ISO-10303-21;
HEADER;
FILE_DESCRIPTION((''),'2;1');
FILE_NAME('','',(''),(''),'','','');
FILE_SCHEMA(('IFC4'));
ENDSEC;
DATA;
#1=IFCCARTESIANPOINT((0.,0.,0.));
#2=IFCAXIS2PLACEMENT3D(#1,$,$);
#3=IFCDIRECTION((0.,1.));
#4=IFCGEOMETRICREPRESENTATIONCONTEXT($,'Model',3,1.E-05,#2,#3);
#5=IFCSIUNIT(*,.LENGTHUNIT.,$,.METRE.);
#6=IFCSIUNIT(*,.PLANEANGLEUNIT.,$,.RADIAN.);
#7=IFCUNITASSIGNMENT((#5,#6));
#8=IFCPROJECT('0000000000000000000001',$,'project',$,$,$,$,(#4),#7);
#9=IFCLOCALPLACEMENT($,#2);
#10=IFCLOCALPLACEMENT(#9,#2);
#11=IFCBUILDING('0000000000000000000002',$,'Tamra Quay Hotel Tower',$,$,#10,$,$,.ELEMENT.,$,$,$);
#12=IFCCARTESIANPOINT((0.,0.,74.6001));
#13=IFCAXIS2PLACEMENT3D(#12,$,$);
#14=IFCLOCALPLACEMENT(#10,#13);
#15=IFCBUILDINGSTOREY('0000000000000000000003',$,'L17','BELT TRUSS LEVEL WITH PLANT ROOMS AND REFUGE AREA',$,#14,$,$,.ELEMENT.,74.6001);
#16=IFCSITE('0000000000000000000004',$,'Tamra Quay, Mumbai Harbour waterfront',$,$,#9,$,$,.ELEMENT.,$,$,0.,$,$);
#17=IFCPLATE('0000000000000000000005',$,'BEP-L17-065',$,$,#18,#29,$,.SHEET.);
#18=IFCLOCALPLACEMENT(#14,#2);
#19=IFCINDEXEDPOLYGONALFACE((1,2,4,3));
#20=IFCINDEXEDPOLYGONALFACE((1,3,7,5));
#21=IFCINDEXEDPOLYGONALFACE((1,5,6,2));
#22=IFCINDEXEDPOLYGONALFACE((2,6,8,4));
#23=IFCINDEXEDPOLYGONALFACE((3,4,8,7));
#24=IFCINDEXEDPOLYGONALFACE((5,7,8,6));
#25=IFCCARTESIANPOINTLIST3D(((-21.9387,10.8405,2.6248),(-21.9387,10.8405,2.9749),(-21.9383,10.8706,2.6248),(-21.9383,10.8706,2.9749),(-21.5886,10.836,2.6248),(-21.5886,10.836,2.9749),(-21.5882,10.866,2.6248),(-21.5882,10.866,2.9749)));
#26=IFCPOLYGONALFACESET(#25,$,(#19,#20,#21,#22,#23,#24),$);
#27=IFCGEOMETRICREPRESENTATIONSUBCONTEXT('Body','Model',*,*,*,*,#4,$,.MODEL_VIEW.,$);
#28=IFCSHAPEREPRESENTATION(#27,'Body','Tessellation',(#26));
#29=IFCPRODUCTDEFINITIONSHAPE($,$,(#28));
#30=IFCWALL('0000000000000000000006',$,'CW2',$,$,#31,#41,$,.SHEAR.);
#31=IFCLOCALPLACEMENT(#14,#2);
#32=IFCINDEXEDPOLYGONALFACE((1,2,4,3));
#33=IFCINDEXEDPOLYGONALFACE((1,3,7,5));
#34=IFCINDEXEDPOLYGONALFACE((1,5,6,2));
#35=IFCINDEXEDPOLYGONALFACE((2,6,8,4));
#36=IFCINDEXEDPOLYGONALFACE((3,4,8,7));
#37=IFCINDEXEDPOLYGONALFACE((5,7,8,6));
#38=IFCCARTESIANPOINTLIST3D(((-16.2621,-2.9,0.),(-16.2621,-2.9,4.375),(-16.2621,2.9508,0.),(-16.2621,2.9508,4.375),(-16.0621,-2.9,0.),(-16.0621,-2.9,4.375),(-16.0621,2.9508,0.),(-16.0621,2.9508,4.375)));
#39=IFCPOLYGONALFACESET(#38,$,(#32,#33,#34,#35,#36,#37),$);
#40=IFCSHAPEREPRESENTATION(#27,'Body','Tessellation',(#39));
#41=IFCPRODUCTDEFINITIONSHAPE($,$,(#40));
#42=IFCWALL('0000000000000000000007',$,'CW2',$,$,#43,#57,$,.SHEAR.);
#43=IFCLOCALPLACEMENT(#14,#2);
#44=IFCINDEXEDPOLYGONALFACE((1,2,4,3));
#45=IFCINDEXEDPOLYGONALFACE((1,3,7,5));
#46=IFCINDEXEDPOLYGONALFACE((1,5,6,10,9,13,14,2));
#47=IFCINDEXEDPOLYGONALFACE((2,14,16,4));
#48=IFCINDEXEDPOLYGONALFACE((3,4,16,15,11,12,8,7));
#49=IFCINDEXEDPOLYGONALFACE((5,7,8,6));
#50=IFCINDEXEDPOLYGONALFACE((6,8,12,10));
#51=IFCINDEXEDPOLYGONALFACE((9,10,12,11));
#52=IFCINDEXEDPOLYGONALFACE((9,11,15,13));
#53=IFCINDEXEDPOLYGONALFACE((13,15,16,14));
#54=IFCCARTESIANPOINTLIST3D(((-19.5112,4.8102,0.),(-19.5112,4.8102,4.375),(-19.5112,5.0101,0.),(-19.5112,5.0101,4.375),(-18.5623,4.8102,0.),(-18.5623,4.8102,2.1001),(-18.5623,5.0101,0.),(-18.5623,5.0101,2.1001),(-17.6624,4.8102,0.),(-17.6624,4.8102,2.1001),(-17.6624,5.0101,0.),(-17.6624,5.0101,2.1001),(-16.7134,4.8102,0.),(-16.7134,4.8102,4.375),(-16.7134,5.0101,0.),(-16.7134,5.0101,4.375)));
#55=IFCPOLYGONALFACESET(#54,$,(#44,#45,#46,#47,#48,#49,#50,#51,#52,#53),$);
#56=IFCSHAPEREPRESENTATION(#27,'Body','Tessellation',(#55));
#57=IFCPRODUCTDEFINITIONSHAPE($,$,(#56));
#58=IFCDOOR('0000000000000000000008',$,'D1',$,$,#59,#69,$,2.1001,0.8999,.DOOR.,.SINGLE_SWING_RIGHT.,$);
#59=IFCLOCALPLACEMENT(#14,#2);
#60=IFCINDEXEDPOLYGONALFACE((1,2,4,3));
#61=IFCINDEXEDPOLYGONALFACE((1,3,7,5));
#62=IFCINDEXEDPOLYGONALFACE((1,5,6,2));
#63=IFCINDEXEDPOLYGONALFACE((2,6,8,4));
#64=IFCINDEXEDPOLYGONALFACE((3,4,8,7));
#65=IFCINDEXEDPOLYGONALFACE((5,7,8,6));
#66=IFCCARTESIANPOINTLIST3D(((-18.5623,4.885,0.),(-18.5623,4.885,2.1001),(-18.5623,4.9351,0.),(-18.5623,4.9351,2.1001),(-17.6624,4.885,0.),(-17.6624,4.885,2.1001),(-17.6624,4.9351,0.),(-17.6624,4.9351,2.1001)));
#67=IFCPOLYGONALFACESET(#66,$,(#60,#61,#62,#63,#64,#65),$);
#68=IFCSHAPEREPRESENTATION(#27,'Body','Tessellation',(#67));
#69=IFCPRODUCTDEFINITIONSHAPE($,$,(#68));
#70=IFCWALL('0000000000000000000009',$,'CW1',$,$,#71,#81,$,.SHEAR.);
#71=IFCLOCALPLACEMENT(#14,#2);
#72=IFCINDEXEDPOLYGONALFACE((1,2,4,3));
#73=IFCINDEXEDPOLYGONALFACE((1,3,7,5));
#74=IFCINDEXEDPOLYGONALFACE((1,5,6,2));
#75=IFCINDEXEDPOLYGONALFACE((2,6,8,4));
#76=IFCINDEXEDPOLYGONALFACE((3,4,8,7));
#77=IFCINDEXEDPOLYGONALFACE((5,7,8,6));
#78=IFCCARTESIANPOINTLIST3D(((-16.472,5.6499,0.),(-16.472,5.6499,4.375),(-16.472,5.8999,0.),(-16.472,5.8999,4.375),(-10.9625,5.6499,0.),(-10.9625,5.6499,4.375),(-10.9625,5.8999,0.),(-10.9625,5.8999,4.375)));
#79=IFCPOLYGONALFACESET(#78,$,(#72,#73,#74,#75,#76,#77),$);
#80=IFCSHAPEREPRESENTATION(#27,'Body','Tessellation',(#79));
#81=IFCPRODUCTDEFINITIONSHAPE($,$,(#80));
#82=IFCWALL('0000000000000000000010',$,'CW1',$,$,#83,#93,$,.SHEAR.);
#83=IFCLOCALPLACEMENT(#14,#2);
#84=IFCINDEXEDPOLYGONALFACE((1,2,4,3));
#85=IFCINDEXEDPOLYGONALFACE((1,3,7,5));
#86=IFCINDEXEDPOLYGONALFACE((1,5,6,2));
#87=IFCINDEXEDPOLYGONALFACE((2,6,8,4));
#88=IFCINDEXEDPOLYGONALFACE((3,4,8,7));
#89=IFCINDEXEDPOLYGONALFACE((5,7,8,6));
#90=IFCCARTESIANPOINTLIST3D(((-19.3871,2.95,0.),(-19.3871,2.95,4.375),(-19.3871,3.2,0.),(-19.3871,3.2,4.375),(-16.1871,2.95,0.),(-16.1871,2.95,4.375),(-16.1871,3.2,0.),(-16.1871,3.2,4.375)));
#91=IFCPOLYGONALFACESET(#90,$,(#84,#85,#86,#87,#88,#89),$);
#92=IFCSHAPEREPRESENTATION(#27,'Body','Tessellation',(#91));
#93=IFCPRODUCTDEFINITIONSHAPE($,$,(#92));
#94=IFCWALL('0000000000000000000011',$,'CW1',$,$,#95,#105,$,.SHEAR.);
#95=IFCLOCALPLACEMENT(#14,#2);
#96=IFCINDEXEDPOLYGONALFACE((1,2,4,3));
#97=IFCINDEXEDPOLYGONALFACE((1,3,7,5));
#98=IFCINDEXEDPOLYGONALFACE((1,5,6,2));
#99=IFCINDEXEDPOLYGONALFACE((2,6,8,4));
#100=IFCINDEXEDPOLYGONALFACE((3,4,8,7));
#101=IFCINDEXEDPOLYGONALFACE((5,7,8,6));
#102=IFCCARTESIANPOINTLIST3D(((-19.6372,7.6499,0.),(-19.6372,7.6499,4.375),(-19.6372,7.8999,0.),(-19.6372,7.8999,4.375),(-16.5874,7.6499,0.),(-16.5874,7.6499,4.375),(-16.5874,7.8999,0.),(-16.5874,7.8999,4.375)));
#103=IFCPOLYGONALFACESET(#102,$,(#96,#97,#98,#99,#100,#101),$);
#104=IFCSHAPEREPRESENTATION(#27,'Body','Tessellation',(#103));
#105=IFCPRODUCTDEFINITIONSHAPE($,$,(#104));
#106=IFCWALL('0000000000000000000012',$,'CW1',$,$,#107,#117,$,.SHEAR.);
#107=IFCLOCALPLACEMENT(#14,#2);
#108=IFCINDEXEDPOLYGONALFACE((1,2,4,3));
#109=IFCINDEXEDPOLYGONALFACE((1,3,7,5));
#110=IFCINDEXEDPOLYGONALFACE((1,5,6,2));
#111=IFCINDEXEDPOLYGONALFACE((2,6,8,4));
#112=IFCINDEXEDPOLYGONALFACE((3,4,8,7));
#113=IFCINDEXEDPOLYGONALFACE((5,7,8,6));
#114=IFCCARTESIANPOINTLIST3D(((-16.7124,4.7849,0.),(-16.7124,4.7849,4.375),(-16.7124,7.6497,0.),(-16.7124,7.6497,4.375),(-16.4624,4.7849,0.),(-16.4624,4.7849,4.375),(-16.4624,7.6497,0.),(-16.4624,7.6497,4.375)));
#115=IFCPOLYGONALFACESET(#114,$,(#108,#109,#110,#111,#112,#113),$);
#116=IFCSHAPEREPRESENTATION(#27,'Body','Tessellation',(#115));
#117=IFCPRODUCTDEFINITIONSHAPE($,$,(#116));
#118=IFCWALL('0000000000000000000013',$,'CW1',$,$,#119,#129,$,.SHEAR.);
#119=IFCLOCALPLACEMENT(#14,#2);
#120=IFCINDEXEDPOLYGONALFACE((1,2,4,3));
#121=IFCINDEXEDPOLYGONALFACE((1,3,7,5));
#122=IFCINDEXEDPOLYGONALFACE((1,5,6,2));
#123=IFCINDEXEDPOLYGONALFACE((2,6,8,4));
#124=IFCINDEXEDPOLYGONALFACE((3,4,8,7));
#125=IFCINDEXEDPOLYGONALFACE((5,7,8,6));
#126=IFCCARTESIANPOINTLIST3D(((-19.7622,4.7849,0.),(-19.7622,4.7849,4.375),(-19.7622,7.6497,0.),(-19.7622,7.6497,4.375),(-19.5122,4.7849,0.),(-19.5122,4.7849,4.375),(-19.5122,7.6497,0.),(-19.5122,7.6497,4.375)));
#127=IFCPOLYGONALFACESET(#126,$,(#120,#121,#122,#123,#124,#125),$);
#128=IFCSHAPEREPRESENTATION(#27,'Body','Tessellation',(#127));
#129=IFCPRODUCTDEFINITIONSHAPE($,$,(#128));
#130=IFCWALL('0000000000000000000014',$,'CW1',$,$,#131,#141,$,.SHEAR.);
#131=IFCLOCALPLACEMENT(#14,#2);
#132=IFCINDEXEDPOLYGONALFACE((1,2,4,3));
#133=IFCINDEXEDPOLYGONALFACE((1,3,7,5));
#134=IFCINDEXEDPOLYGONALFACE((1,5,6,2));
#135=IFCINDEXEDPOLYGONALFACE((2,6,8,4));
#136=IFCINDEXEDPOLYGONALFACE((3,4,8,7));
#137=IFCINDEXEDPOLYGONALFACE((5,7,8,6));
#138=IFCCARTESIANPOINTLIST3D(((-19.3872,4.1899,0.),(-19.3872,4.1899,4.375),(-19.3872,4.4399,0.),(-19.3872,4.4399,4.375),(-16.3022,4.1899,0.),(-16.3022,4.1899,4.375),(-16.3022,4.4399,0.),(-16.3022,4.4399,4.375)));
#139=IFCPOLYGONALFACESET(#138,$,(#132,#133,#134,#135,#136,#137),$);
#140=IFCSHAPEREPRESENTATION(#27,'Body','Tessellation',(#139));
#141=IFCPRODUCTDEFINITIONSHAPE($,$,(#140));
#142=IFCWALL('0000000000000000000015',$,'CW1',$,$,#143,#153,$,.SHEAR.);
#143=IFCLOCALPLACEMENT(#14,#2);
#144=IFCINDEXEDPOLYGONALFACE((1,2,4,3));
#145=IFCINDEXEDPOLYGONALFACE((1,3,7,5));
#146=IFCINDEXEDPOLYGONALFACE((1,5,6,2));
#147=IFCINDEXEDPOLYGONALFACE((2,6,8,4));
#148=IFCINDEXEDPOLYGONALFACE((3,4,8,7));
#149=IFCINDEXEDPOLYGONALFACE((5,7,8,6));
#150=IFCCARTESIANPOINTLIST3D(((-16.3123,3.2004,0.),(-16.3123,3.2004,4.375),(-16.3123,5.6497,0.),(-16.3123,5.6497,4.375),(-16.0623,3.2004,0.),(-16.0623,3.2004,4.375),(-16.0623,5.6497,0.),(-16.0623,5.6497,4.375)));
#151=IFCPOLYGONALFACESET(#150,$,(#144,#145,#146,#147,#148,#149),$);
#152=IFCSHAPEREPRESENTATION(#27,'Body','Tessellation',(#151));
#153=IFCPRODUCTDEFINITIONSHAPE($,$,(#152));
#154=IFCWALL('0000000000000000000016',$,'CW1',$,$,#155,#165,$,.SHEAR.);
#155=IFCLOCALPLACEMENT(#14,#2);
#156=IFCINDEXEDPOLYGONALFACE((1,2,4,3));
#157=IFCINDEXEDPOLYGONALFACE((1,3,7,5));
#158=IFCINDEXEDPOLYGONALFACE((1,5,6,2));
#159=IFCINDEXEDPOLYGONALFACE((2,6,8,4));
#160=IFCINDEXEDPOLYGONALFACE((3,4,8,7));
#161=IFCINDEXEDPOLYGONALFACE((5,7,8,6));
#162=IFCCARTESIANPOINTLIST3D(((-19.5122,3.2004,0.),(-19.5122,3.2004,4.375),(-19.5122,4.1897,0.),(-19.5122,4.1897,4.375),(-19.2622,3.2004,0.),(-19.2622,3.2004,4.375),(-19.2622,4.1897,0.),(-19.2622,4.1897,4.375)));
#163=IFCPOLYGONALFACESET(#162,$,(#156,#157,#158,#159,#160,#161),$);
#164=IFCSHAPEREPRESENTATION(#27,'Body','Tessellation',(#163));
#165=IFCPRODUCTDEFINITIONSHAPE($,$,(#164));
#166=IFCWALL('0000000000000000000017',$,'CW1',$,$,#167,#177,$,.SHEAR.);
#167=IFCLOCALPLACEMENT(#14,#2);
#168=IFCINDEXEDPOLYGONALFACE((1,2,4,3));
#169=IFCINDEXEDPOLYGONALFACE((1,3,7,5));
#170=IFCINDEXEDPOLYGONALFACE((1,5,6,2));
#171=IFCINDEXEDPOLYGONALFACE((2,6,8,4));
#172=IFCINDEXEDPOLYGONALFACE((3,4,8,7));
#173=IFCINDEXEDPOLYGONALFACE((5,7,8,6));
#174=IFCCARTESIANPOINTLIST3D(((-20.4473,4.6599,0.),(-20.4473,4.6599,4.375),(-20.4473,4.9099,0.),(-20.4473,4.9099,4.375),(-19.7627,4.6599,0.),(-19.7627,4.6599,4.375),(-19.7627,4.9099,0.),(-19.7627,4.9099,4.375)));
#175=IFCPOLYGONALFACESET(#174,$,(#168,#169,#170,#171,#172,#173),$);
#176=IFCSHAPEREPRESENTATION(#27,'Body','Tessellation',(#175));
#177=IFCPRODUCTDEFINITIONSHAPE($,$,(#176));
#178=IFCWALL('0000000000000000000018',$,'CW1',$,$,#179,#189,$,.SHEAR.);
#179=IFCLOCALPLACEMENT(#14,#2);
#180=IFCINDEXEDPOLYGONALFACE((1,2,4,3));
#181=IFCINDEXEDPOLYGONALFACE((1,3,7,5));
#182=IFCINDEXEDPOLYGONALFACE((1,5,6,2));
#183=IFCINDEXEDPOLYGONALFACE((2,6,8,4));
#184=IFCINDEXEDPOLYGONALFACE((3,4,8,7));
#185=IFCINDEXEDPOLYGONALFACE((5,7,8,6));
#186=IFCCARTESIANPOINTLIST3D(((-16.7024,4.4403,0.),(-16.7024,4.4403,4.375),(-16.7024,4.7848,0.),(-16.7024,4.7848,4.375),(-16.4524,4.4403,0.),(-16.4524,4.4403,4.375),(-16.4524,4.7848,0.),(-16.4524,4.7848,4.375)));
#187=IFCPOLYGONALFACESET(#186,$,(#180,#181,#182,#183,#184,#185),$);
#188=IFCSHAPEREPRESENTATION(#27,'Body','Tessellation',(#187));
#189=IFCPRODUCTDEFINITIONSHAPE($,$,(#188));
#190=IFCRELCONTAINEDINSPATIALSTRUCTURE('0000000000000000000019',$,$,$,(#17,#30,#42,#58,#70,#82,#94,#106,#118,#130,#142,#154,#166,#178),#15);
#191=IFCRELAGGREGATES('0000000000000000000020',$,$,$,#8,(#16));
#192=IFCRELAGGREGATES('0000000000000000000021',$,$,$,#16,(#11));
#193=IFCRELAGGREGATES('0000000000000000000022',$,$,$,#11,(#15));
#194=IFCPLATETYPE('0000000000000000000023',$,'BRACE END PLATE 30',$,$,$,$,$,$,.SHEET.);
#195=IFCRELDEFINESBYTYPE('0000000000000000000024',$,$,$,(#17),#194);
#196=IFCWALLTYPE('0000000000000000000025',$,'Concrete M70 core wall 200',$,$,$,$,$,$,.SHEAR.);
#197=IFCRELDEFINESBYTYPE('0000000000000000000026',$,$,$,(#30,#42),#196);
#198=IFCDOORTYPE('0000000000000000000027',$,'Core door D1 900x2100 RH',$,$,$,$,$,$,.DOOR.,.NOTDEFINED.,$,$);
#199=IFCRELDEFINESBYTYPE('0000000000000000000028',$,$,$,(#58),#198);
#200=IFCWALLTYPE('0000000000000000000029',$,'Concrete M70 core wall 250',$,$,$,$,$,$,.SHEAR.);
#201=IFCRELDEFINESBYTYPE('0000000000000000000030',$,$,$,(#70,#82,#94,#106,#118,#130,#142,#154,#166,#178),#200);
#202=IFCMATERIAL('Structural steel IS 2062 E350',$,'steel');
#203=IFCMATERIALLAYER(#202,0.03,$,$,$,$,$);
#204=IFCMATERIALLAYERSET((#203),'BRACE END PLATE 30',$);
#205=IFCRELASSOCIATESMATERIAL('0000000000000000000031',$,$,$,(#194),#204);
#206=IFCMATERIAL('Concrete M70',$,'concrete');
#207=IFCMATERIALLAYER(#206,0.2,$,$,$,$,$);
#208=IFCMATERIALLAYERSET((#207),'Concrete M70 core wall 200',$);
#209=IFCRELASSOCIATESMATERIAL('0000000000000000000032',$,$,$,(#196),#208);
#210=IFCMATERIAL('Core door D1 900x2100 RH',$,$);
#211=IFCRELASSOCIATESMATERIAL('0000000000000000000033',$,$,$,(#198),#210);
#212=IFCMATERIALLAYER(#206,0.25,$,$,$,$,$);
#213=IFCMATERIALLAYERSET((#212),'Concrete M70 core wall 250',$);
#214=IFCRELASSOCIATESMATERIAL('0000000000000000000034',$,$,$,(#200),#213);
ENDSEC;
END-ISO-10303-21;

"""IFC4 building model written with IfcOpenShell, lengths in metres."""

from ifc_helpers import new_model, si_unit, direction, frame, frame_2d, origin, origin_2d, place, context, subcontext, project, spatial, rectangle, extrude, material, layer, layer_set, type_object, element, fill, save


model = new_model("IFC4")

# Units and contexts
model_context = context("Model", 3, precision=1e-05, world=origin(), true_north=direction((0.0, 1.0)))
body_context = subcontext(model_context, "Body", "Model", "MODEL_VIEW")
ifc_project = project(units=[si_unit("LENGTHUNIT", "METRE"), si_unit("PLANEANGLEUNIT", "RADIAN")], contexts=[model_context])

# Site, building, storey
site_placement = place(None, origin())
site = spatial("IfcSite", under=ifc_project, at=site_placement, Name="Tamra Quay, Mumbai Harbour waterfront", CompositionType="ELEMENT", RefElevation=0.0)
building_placement = place(site_placement, origin())
building = spatial("IfcBuilding", under=site, at=building_placement, Name="Tamra Quay Hotel Tower", CompositionType="ELEMENT")
storey_placement = place(building_placement, frame((0.0, 0.0, 74.6001)))
storey = spatial("IfcBuildingStorey", under=building, at=storey_placement, Name="L17", Description="BELT TRUSS LEVEL WITH PLANT ROOMS AND REFUGE AREA", CompositionType="ELEMENT", Elevation=74.6001)

# Shared definitions
ifc_material_1 = material(Name="Structural steel IS 2062 E350", Category="steel")

# Plate
ifc_layer_1 = layer(ifc_material_1, 0.03)
ifc_layer_set_1 = layer_set([ifc_layer_1], Name="BRACE END PLATE 30")
plate_type = type_object("IfcPlateType", Name="BRACE END PLATE 30", PredefinedType="SHEET", material=ifc_layer_set_1)
for number, where, z_axis, x_axis, name in (
    (1, (-21.7634, 10.8533, 2.6248), (0.0, 0.0, 1.0), (0.013009, 0.999915, 0.0), "BEP-L17-065"),
):
    element("IfcPlate", number, at=place(storey_placement, frame(where, z_axis=z_axis, x_axis=x_axis)), inside=storey, type_object=plate_type, Name=name, PredefinedType="SHEET", context=body_context, shape_type="SweptSolid", body=[
        extrude(rectangle(XDim=0.03, YDim=0.3501, at=origin_2d()), origin(), (0.0, 0.0, 1.0), 0.3501),
    ])

# Wall
ifc_material_2 = material(Name="Concrete M70", Category="concrete")
ifc_layer_2 = layer(ifc_material_2, 0.2)
ifc_layer_set_2 = layer_set([ifc_layer_2], Name="Concrete M70 core wall 200")
wall_type_1 = type_object("IfcWallType", Name="Concrete M70 core wall 200", PredefinedType="SHEAR", material=ifc_layer_set_2)
wall_1_placement = place(storey_placement, frame((-16.1621, 2.9507, 0.0), z_axis=(0.0, 0.0, 1.0), x_axis=(0.0, -1.0, 0.0)))
element("IfcWall", 2, at=wall_1_placement, inside=storey, type_object=wall_type_1, Name="CW2", PredefinedType="SHEAR", context=body_context, shape_type="SweptSolid", body=[
    extrude(rectangle(XDim=5.8508, YDim=0.2, at=frame_2d((2.9253, 0.0))), origin(), (0.0, 0.0, 1.0), 4.375),
])

# Wall, opening, door
wall_2_placement = place(storey_placement, frame((-19.5112, 4.9102, 0.0), z_axis=(0.0, 0.0, 1.0), x_axis=(1.0, 0.0, 0.0)))
wall_2 = element("IfcWall", 3, at=wall_2_placement, inside=storey, type_object=wall_type_1, Name="CW2", PredefinedType="SHEAR", context=body_context, shape_type="SweptSolid", body=[
    extrude(rectangle(XDim=2.7979, YDim=0.2, at=frame_2d((1.3989, 0.0))), origin(), (0.0, 0.0, 1.0), 4.375),
])
opening_1_placement = place(wall_2_placement, frame((0.949, 0.0, 0.0)))
opening_1 = element("IfcOpeningElement", 4, at=opening_1_placement, cuts=wall_2, PredefinedType="OPENING", context=body_context, shape_type="SweptSolid", body=[
    extrude(rectangle(XDim=0.8999, YDim=2.1001, at=frame_2d((0.45, 1.05))), frame((0.0, 0.1099, 0.0), z_axis=(0.0, -1.0, 0.0), x_axis=(1.0, 0.0, 0.0)), (0.0, 0.0, 1.0), 0.22),
])
ifc_material_3 = material(Name="Core door D1 900x2100 RH")
door_type_1 = type_object("IfcDoorType", Name="Core door D1 900x2100 RH", OperationType="NOTDEFINED", PredefinedType="DOOR", material=ifc_material_3)
door_1_placement = place(opening_1_placement, origin())
door_1 = element("IfcDoor", 5, at=door_1_placement, inside=storey, type_object=door_type_1, Name="D1", OperationType="SINGLE_SWING_RIGHT", OverallHeight=2.1001, OverallWidth=0.8999, PredefinedType="DOOR", context=body_context, shape_type="SweptSolid", body=[
    extrude(rectangle(XDim=0.8999, YDim=2.1001, at=frame_2d((0.45, 1.05))), frame((0.0, 0.0249, 0.0), z_axis=(0.0, -1.0, 0.0), x_axis=(1.0, 0.0, 0.0)), (0.0, 0.0, 1.0), 0.05),
])
fill(opening_1, door_1)

# Walls
ifc_layer_3 = layer(ifc_material_2, 0.25)
ifc_layer_set_3 = layer_set([ifc_layer_3], Name="Concrete M70 core wall 250")
wall_type_2 = type_object("IfcWallType", Name="Concrete M70 core wall 250", PredefinedType="SHEAR", material=ifc_layer_set_3)
wall_3_placement = place(storey_placement, frame((-16.4722, 5.7749, 0.0), z_axis=(0.0, 0.0, 1.0), x_axis=(1.0, 0.0, 0.0)))
element("IfcWall", 6, at=wall_3_placement, inside=storey, type_object=wall_type_2, Name="CW1", PredefinedType="SHEAR", context=body_context, shape_type="SweptSolid", body=[
    extrude(rectangle(XDim=5.5095, YDim=0.25, at=frame_2d((2.7549, 0.0))), origin(), (0.0, 0.0, 1.0), 4.375),
])
wall_4_placement = place(storey_placement, frame((-19.3872, 3.075, 0.0), z_axis=(0.0, 0.0, 1.0), x_axis=(1.0, 0.0, 0.0)))
element("IfcWall", 7, at=wall_4_placement, inside=storey, type_object=wall_type_2, Name="CW1", PredefinedType="SHEAR", context=body_context, shape_type="SweptSolid", body=[
    extrude(rectangle(XDim=3.2, YDim=0.25, at=frame_2d((1.6001, 0.0))), origin(), (0.0, 0.0, 1.0), 4.375),
])
wall_5_placement = place(storey_placement, frame((-19.6372, 7.7749, 0.0), z_axis=(0.0, 0.0, 1.0), x_axis=(1.0, 0.0, 0.0)))
element("IfcWall", 8, at=wall_5_placement, inside=storey, type_object=wall_type_2, Name="CW1", PredefinedType="SHEAR", context=body_context, shape_type="SweptSolid", body=[
    extrude(rectangle(XDim=3.0498, YDim=0.25, at=frame_2d((1.5249, 0.0))), origin(), (0.0, 0.0, 1.0), 4.375),
])
for number, where, z_axis, x_axis, name in (
    (9, (-16.5874, 7.6497, 0.0), (0.0, 0.0, 1.0), (0.0, -1.0, 0.0), "CW1"),
    (10, (-19.6372, 4.7849, 0.0), (0.0, 0.0, 1.0), (0.0, 1.0, 0.0), "CW1"),
):
    element("IfcWall", number, at=place(storey_placement, frame(where, z_axis=z_axis, x_axis=x_axis)), inside=storey, type_object=wall_type_2, Name=name, PredefinedType="SHEAR", context=body_context, shape_type="SweptSolid", body=[
        extrude(rectangle(XDim=2.8647, YDim=0.25, at=frame_2d((1.4324, 0.0))), origin(), (0.0, 0.0, 1.0), 4.375),
    ])
wall_6_placement = place(storey_placement, frame((-16.3022, 4.3149, 0.0), z_axis=(0.0, 0.0, 1.0), x_axis=(-1.0, 0.0, 0.0)))
element("IfcWall", 11, at=wall_6_placement, inside=storey, type_object=wall_type_2, Name="CW1", PredefinedType="SHEAR", context=body_context, shape_type="SweptSolid", body=[
    extrude(rectangle(XDim=3.085, YDim=0.25, at=frame_2d((1.5425, 0.0))), origin(), (0.0, 0.0, 1.0), 4.375),
])
wall_7_placement = place(storey_placement, frame((-16.1873, 3.2004, 0.0), z_axis=(0.0, 0.0, 1.0), x_axis=(0.0, 1.0, 0.0)))
element("IfcWall", 12, at=wall_7_placement, inside=storey, type_object=wall_type_2, Name="CW1", PredefinedType="SHEAR", context=body_context, shape_type="SweptSolid", body=[
    extrude(rectangle(XDim=2.4492, YDim=0.25, at=frame_2d((1.2246, 0.0))), origin(), (0.0, 0.0, 1.0), 4.375),
])
wall_8_placement = place(storey_placement, frame((-19.3872, 4.1897, 0.0), z_axis=(0.0, 0.0, 1.0), x_axis=(0.0, -1.0, 0.0)))
element("IfcWall", 13, at=wall_8_placement, inside=storey, type_object=wall_type_2, Name="CW1", PredefinedType="SHEAR", context=body_context, shape_type="SweptSolid", body=[
    extrude(rectangle(XDim=0.9893, YDim=0.25, at=frame_2d((0.4946, 0.0))), origin(), (0.0, 0.0, 1.0), 4.375),
])
wall_9_placement = place(storey_placement, frame((-20.4473, 4.7849, 0.0), z_axis=(0.0, 0.0, 1.0), x_axis=(1.0, 0.0, 0.0)))
element("IfcWall", 14, at=wall_9_placement, inside=storey, type_object=wall_type_2, Name="CW1", PredefinedType="SHEAR", context=body_context, shape_type="SweptSolid", body=[
    extrude(rectangle(XDim=0.6846, YDim=0.25, at=frame_2d((0.3423, 0.0))), origin(), (0.0, 0.0, 1.0), 4.375),
])
wall_10_placement = place(storey_placement, frame((-16.5774, 4.7849, 0.0), z_axis=(0.0, 0.0, 1.0), x_axis=(0.0, -1.0, 0.0)))
element("IfcWall", 15, at=wall_10_placement, inside=storey, type_object=wall_type_2, Name="CW1", PredefinedType="SHEAR", context=body_context, shape_type="SweptSolid", body=[
    extrude(rectangle(XDim=0.3445, YDim=0.25, at=frame_2d((0.1724, 0.0))), origin(), (0.0, 0.0, 1.0), 4.375),
])

save(model, "model.ifc")
